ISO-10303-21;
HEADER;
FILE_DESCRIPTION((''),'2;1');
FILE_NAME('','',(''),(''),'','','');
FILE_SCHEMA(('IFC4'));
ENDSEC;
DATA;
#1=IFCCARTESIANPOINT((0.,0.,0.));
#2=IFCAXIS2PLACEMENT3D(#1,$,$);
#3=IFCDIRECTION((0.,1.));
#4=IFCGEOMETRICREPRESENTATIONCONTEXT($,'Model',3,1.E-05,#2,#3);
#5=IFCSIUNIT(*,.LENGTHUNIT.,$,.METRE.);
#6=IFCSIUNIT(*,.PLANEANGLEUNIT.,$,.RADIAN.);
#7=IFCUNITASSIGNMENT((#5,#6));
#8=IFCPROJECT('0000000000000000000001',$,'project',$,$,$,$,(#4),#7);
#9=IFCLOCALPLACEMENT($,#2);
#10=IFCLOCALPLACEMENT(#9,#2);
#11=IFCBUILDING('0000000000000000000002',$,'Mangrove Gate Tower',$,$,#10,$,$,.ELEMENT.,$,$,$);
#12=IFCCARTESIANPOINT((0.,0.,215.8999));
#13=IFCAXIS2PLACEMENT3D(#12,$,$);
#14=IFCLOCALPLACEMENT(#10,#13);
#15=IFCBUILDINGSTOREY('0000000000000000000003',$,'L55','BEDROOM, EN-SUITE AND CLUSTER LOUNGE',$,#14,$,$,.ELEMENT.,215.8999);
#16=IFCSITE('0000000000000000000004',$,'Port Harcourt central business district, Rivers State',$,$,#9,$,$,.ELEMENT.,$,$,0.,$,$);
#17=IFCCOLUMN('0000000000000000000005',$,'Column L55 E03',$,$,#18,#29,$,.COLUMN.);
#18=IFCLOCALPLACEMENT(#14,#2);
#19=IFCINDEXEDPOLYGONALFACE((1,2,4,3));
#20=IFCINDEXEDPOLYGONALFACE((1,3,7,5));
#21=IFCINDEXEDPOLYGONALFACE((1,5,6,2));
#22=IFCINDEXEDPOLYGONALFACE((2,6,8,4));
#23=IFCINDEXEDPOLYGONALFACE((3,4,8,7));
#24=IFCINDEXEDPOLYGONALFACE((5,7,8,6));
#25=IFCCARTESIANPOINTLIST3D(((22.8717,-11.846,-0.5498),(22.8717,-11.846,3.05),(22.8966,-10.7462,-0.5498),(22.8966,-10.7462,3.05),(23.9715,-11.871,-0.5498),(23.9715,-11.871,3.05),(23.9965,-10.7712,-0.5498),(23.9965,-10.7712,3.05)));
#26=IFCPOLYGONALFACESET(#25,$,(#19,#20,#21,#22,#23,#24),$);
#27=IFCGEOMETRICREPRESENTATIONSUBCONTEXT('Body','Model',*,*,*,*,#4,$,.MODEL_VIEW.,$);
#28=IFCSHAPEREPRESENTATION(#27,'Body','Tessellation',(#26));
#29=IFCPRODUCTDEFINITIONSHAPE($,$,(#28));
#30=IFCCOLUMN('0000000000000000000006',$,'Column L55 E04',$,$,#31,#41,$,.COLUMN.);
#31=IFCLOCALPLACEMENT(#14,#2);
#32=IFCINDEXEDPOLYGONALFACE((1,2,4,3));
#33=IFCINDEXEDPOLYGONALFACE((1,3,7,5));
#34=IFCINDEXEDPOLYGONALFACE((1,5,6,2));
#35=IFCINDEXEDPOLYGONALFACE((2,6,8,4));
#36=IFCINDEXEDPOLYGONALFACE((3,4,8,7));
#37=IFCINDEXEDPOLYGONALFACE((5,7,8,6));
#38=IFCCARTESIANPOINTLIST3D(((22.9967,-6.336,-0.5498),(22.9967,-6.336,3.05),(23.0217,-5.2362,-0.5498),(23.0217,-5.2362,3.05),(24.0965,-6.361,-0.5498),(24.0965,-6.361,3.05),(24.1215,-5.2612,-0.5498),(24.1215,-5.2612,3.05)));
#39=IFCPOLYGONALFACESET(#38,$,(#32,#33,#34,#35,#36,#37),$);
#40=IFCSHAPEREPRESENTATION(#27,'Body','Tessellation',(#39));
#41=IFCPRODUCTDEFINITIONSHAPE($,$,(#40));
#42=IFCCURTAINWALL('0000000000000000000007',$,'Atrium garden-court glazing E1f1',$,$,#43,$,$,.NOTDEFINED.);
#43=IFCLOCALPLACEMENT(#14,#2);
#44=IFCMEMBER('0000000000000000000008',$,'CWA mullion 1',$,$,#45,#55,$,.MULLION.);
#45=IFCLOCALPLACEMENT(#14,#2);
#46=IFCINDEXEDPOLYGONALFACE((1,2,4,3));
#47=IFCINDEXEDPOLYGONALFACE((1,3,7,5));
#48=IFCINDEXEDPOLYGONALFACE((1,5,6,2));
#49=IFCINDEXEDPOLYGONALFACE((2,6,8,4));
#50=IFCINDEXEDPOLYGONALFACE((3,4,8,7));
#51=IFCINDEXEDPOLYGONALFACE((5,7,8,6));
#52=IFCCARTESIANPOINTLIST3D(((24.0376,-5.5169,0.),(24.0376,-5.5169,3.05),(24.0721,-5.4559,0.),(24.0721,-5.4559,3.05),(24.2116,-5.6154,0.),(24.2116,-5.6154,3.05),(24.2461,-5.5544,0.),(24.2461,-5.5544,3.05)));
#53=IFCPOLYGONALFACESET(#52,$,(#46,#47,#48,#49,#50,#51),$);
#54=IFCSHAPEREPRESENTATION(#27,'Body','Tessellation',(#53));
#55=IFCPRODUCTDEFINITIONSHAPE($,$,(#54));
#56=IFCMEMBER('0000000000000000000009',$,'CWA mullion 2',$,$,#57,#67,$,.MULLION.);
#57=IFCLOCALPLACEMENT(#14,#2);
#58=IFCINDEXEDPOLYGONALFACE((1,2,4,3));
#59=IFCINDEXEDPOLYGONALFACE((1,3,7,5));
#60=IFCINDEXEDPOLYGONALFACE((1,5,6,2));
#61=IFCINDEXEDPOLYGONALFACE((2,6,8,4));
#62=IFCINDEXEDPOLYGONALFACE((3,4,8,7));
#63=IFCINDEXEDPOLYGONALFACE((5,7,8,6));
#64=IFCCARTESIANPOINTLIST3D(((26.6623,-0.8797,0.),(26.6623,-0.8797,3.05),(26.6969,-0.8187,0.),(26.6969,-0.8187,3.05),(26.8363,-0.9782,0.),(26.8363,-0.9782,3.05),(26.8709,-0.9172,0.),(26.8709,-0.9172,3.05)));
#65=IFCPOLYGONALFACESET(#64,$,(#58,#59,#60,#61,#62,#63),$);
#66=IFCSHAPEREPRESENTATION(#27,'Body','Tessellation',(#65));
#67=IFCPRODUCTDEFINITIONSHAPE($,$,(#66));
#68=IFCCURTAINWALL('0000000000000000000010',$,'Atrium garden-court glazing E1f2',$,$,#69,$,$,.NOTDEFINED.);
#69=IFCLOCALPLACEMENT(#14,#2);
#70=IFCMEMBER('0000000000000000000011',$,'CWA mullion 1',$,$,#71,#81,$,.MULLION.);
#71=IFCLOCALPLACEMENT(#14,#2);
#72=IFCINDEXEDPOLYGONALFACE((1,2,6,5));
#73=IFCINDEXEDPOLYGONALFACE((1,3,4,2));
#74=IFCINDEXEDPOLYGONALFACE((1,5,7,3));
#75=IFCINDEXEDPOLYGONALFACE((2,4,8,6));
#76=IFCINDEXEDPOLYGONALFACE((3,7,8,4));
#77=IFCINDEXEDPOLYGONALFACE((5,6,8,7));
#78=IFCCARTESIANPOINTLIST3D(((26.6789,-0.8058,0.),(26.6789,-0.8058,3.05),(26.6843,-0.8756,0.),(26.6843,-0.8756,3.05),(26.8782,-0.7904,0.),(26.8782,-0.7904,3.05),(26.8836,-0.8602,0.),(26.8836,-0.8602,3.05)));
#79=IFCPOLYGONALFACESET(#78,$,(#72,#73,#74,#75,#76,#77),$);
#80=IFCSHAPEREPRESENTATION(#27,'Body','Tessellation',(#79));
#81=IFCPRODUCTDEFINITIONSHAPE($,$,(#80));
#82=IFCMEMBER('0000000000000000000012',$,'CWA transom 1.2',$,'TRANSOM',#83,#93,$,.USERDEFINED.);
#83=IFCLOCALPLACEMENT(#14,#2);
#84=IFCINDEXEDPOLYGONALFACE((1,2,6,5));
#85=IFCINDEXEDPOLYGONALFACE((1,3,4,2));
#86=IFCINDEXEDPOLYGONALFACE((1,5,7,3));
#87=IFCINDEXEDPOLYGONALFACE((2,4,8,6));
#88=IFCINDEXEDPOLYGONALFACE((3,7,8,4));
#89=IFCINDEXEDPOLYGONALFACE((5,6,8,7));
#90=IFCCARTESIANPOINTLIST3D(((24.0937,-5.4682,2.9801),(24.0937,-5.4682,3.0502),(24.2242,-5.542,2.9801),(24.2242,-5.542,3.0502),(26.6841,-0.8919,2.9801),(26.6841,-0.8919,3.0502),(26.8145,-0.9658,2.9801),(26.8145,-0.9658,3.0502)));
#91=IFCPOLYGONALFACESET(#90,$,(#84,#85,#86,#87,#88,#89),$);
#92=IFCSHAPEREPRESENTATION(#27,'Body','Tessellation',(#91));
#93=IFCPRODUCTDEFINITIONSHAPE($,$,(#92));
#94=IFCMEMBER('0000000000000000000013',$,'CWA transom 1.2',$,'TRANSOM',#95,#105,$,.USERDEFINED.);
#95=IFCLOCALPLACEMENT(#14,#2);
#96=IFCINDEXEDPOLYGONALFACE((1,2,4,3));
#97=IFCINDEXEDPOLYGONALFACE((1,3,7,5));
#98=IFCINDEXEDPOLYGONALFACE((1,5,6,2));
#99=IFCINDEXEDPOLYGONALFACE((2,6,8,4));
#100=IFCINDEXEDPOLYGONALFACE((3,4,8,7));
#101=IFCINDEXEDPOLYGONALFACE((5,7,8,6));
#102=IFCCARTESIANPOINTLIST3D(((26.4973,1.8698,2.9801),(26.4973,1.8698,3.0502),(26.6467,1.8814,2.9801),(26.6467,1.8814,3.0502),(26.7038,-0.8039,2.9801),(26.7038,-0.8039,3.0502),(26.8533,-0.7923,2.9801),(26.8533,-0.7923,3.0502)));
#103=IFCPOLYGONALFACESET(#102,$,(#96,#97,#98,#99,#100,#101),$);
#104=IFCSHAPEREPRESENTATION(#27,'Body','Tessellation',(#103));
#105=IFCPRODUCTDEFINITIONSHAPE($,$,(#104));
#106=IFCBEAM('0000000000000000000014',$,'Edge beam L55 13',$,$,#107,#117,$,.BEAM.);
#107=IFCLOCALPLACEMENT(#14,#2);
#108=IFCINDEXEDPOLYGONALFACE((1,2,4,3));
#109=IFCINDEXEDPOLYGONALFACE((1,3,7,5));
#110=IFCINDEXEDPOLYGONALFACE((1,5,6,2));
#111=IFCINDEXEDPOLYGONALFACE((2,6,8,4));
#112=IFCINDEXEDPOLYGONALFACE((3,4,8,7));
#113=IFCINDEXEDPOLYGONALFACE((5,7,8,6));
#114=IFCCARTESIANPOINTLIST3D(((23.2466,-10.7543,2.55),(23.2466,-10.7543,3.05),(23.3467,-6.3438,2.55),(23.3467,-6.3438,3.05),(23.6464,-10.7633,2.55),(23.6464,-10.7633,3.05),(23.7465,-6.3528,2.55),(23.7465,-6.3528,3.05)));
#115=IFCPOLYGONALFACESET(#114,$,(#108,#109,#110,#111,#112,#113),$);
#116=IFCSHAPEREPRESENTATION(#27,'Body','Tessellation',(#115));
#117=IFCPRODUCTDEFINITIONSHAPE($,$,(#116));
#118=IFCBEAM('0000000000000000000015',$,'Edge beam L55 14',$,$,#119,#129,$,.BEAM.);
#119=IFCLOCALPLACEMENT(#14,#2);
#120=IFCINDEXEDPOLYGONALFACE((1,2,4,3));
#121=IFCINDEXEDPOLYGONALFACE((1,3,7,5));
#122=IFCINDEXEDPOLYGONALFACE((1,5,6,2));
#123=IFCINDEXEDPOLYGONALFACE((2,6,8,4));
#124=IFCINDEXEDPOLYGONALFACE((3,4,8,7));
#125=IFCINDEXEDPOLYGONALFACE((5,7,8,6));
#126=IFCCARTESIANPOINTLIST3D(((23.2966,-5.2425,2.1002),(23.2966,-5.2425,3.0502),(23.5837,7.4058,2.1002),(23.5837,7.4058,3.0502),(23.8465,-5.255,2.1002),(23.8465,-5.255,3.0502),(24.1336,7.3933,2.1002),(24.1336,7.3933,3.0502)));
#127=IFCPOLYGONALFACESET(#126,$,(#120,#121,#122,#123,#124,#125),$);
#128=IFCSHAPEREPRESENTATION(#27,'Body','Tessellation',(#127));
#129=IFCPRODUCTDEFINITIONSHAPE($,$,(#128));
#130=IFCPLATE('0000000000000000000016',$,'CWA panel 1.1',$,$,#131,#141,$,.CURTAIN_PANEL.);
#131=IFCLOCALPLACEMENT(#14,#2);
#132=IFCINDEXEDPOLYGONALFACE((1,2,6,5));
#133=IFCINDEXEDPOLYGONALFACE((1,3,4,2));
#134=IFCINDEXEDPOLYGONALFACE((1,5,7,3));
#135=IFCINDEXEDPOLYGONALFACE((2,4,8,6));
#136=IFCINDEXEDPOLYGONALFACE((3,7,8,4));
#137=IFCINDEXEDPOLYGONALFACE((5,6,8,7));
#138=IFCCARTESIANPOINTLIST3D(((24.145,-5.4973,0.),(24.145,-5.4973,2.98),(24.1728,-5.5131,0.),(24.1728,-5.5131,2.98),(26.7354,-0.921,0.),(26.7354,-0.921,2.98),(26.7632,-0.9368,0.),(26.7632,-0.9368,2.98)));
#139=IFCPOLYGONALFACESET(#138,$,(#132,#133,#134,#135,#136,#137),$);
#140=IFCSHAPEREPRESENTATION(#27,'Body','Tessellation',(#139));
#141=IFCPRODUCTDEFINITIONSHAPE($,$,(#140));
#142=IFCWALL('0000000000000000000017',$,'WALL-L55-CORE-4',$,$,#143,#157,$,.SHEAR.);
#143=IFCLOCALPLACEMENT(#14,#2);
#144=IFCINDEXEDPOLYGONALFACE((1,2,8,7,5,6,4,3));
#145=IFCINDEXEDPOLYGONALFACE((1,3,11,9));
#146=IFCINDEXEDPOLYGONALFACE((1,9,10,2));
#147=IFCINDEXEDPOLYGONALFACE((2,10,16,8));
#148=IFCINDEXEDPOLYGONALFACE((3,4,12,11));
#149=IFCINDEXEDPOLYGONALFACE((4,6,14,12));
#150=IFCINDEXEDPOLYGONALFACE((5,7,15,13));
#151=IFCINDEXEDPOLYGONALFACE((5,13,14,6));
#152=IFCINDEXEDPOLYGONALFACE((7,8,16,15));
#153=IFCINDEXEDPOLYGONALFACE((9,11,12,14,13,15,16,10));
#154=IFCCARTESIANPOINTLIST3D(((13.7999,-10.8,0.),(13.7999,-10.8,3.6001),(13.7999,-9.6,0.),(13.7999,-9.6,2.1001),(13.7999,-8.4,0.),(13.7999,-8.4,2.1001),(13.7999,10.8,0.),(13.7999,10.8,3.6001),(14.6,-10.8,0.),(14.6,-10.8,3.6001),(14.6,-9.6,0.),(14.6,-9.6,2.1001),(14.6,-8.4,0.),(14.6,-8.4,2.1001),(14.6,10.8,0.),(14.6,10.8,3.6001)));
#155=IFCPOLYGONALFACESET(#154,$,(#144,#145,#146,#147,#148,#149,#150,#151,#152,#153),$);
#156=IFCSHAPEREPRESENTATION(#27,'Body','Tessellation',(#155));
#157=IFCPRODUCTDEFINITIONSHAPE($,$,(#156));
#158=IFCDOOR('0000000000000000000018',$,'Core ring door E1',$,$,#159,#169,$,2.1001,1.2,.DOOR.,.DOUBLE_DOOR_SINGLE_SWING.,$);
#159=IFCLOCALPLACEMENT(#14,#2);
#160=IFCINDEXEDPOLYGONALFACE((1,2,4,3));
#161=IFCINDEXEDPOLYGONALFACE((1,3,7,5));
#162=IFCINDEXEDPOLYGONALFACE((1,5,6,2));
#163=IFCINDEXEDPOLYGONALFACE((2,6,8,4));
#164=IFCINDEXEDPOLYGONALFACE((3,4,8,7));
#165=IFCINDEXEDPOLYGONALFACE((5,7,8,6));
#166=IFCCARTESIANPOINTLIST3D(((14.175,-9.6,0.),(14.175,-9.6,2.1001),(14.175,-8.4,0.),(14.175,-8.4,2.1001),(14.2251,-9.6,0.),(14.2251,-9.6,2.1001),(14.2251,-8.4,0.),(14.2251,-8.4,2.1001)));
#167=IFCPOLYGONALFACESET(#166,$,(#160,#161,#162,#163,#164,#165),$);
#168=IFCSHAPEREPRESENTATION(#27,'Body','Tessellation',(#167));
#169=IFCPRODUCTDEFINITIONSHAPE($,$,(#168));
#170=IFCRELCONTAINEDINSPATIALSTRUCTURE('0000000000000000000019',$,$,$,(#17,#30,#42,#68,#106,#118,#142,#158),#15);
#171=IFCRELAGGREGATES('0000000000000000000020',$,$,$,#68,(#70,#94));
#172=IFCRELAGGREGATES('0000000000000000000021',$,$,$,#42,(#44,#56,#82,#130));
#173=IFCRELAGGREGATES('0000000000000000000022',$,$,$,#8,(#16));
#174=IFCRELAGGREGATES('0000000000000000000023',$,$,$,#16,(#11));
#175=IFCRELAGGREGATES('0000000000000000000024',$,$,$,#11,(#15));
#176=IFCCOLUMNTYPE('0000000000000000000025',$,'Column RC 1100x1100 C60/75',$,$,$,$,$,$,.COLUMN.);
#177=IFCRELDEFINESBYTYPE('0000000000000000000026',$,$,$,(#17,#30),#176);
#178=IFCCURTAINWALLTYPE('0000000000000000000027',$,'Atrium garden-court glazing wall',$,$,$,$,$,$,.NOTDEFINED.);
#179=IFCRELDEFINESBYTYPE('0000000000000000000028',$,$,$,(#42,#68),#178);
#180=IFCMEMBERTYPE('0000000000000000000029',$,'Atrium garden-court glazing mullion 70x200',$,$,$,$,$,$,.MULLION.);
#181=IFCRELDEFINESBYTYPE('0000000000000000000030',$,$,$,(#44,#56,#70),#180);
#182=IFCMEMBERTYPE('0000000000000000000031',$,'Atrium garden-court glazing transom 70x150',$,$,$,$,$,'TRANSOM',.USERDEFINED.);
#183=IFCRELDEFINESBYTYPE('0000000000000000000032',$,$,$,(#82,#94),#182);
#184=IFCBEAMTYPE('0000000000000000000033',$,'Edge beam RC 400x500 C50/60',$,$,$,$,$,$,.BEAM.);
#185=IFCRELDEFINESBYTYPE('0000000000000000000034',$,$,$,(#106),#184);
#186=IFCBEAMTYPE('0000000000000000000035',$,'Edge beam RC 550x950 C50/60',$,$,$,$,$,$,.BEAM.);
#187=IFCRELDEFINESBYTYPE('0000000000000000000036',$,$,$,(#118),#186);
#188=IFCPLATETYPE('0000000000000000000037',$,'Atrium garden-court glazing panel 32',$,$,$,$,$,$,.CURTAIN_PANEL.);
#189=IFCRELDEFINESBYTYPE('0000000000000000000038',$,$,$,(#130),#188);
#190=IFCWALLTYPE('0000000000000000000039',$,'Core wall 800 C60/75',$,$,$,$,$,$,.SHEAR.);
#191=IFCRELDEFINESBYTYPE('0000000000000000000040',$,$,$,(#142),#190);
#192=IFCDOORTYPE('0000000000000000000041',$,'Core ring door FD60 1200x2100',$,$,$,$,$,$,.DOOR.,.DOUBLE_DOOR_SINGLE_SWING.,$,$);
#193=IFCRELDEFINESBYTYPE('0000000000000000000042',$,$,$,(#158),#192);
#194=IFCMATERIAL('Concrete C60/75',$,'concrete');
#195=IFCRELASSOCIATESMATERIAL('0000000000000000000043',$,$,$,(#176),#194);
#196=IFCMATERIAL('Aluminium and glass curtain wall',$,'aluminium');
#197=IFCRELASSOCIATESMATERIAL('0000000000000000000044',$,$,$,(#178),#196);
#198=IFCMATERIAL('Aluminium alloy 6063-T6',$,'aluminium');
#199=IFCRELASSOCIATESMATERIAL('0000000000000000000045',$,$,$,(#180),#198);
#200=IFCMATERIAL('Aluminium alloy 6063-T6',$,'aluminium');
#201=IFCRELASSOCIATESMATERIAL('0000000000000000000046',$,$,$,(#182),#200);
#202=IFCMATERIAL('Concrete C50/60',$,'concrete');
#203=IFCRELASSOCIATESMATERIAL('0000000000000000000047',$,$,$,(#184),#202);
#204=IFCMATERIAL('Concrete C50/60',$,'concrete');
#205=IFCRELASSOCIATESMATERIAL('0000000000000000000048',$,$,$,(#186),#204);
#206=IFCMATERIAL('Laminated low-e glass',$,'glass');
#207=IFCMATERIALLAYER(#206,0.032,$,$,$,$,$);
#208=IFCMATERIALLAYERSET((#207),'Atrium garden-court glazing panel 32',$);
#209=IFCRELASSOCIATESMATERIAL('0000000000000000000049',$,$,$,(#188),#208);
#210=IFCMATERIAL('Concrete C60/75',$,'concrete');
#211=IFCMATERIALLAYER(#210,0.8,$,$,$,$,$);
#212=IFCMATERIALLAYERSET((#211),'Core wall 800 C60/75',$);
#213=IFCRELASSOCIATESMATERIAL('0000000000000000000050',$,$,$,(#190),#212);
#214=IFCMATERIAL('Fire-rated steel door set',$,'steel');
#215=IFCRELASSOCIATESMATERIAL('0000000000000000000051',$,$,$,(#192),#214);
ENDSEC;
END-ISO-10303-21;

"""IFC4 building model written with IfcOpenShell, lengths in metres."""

from ifc_helpers import new_model, si_unit, direction, frame, frame_2d, origin, origin_2d, place, context, subcontext, project, spatial, rectangle, extrude, material, layer, layer_set, material_profile, profile_set, type_object, element, fill, aggregate, save


model = new_model("IFC4")

# Units and contexts
model_context = context("Model", 3, precision=1e-05, world=origin(), true_north=direction((0.0, 1.0)))
body_context = subcontext(model_context, "Body", "Model", "MODEL_VIEW")
ifc_project = project(units=[si_unit("LENGTHUNIT", "METRE"), si_unit("PLANEANGLEUNIT", "RADIAN")], contexts=[model_context])

# Site, building, storey
site_placement = place(None, origin())
site = spatial("IfcSite", under=ifc_project, at=site_placement, Name="Port Harcourt central business district, Rivers State", CompositionType="ELEMENT", RefElevation=0.0)
building_placement = place(site_placement, origin())
building = spatial("IfcBuilding", under=site, at=building_placement, Name="Mangrove Gate Tower", CompositionType="ELEMENT")
storey_placement = place(building_placement, frame((0.0, 0.0, 215.8999)))
storey = spatial("IfcBuildingStorey", under=building, at=storey_placement, Name="L55", Description="BEDROOM, EN-SUITE AND CLUSTER LOUNGE", CompositionType="ELEMENT", Elevation=215.8999)

# Columns
ifc_material_1 = material(Name="Concrete C60/75", Category="concrete")
ifc_material_profile_1 = material_profile(ifc_material_1, rectangle(XDim=1.1001, YDim=1.1001, at=origin_2d()))
ifc_profile_set_1 = profile_set([ifc_material_profile_1], Name="Concrete C60/75")
column_type = type_object("IfcColumnType", Name="Column RC 1100x1100 C60/75", PredefinedType="COLUMN", material=ifc_profile_set_1)
for number, where, z_axis, x_axis, name in (
    (1, (23.4341, -11.3086, -0.5498), (0.0, 0.0, 1.0), (0.022678, 0.999743, 0.0), "Column L55 E03"),
    (2, (23.5591, -5.7986, -0.5498), (0.0, 0.0, 1.0), (0.022686, 0.999743, 0.0), "Column L55 E04"),
):
    element("IfcColumn", number, at=place(storey_placement, frame(where, z_axis=z_axis, x_axis=x_axis)), inside=storey, type_object=column_type, Name=name, PredefinedType="COLUMN", context=body_context, shape_type="SweptSolid", body=[
        extrude(rectangle(XDim=1.1001, YDim=1.1001, at=origin_2d()), origin(), (0.0, 0.0, 1.0), 3.5999),
    ])

# Curtain wall, members
ifc_material_2 = material(Name="Aluminium and glass curtain wall", Category="aluminium")
curtain_wall_type = type_object("IfcCurtainWallType", Name="Atrium garden-court glazing wall", PredefinedType="NOTDEFINED", material=ifc_material_2)
curtain_wall_1_placement = place(storey_placement, origin())
curtain_wall_1 = element("IfcCurtainWall", 3, at=curtain_wall_1_placement, inside=storey, type_object=curtain_wall_type, Name="Atrium garden-court glazing E1f1", PredefinedType="NOTDEFINED")
ifc_material_3 = material(Name="Aluminium alloy 6063-T6", Category="aluminium")
ifc_material_profile_2 = material_profile(ifc_material_3, rectangle(XDim=0.0701, YDim=0.2, at=origin_2d()))
ifc_profile_set_2 = profile_set([ifc_material_profile_2], Name="Aluminium alloy 6063-T6")
member_type_1 = type_object("IfcMemberType", Name="Atrium garden-court glazing mullion 70x200", PredefinedType="MULLION", material=ifc_profile_set_2)
member_1_placement = place(storey_placement, frame((24.1418, -5.5356, 0.0), z_axis=(0.0, 0.0, 1.0), x_axis=(0.4926, 0.870256, 0.0)))
member_1 = element("IfcMember", 4, at=member_1_placement, type_object=member_type_1, Name="CWA mullion 1", PredefinedType="MULLION", context=body_context, shape_type="SweptSolid", body=[
    extrude(rectangle(XDim=0.0701, YDim=0.2, at=origin_2d()), origin(), (0.0, 0.0, 1.0), 3.05),
])
member_2_placement = place(storey_placement, frame((26.7666, -0.8984, 0.0), z_axis=(0.0, 0.0, 1.0), x_axis=(0.4926, 0.870256, 0.0)))
member_2 = element("IfcMember", 5, at=member_2_placement, type_object=member_type_1, Name="CWA mullion 2", PredefinedType="MULLION", context=body_context, shape_type="SweptSolid", body=[
    extrude(rectangle(XDim=0.0701, YDim=0.2, at=origin_2d()), origin(), (0.0, 0.0, 1.0), 3.05),
])

# Curtain wall, member
curtain_wall_2_placement = place(storey_placement, origin())
curtain_wall_2 = element("IfcCurtainWall", 6, at=curtain_wall_2_placement, inside=storey, type_object=curtain_wall_type, Name="Atrium garden-court glazing E1f2", PredefinedType="NOTDEFINED")
member_3_placement = place(storey_placement, frame((26.7812, -0.833, 0.0), z_axis=(0.0, 0.0, 1.0), x_axis=(-0.077023, 0.997029, 0.0)))
member_3 = element("IfcMember", 7, at=member_3_placement, type_object=member_type_1, Name="CWA mullion 1", PredefinedType="MULLION", context=body_context, shape_type="SweptSolid", body=[
    extrude(rectangle(XDim=0.0701, YDim=0.2, at=origin_2d()), origin(), (0.0, 0.0, 1.0), 3.05),
])

# Members
ifc_material_4 = material(Name="Aluminium alloy 6063-T6", Category="aluminium")
ifc_material_profile_3 = material_profile(ifc_material_4, rectangle(XDim=0.0701, YDim=0.1499, at=origin_2d()))
ifc_profile_set_3 = profile_set([ifc_material_profile_3], Name="Aluminium alloy 6063-T6")
member_type_2 = type_object("IfcMemberType", Name="Atrium garden-court glazing transom 70x150", ElementType="TRANSOM", PredefinedType="USERDEFINED", material=ifc_profile_set_3)
member_4_placement = place(storey_placement, frame((24.1589, -5.5051, 3.0151), z_axis=(0.492605, 0.870253, 0.0), x_axis=(0.0, 0.0, 1.0)))
member_4 = element("IfcMember", 8, at=member_4_placement, type_object=member_type_2, Name="CWA transom 1.2", ObjectType="TRANSOM", PredefinedType="USERDEFINED", context=body_context, shape_type="SweptSolid", body=[
    extrude(rectangle(XDim=0.0701, YDim=0.1499, at=origin_2d()), origin(), (0.0, 0.0, 1.0), 5.2585),
])
member_5_placement = place(storey_placement, frame((26.7786, -0.7981, 3.0151), z_axis=(-0.077024, 0.997029, 0.0), x_axis=(0.0, 0.0, 1.0)))
member_5 = element("IfcMember", 9, at=member_5_placement, type_object=member_type_2, Name="CWA transom 1.2", ObjectType="TRANSOM", PredefinedType="USERDEFINED", context=body_context, shape_type="SweptSolid", body=[
    extrude(rectangle(XDim=0.0701, YDim=0.1499, at=origin_2d()), origin(), (0.0, 0.0, 1.0), 2.6816),
])
aggregate(curtain_wall_2, [member_3, member_5])

# Beams
ifc_material_5 = material(Name="Concrete C50/60", Category="concrete")
ifc_material_profile_4 = material_profile(ifc_material_5, rectangle(XDim=0.3999, YDim=0.5, at=origin_2d()))
ifc_profile_set_4 = profile_set([ifc_material_profile_4], Name="Concrete C50/60")
beam_type_1 = type_object("IfcBeamType", Name="Edge beam RC 400x500 C50/60", PredefinedType="BEAM", material=ifc_profile_set_4)
beam_1_placement = place(storey_placement, frame((23.4465, -10.7588, 2.8), z_axis=(0.02269, 0.999743, 0.0), x_axis=(-0.999743, 0.02269, 0.0)))
element("IfcBeam", 10, at=beam_1_placement, inside=storey, type_object=beam_type_1, Name="Edge beam L55 13", PredefinedType="BEAM", context=body_context, shape_type="SweptSolid", body=[
    extrude(rectangle(XDim=0.3999, YDim=0.5, at=origin_2d()), origin(), (0.0, 0.0, 1.0), 4.4116),
])
ifc_material_6 = material(Name="Concrete C50/60", Category="concrete")
ifc_material_profile_5 = material_profile(ifc_material_6, rectangle(XDim=0.55, YDim=0.95, at=origin_2d()))
ifc_profile_set_5 = profile_set([ifc_material_profile_5], Name="Concrete C50/60")
beam_type_2 = type_object("IfcBeamType", Name="Edge beam RC 550x950 C50/60", PredefinedType="BEAM", material=ifc_profile_set_5)
beam_2_placement = place(storey_placement, frame((23.5715, -5.2488, 2.5752), z_axis=(0.022693, 0.999742, 0.0), x_axis=(-0.999742, 0.022693, 0.0)))
element("IfcBeam", 11, at=beam_2_placement, inside=storey, type_object=beam_type_2, Name="Edge beam L55 14", PredefinedType="BEAM", context=body_context, shape_type="SweptSolid", body=[
    extrude(rectangle(XDim=0.55, YDim=0.95, at=origin_2d()), origin(), (0.0, 0.0, 1.0), 12.6516),
])

# Plate
ifc_material_7 = material(Name="Laminated low-e glass", Category="glass")
ifc_layer_1 = layer(ifc_material_7, 0.032)
ifc_layer_set_1 = layer_set([ifc_layer_1], Name="Atrium garden-court glazing panel 32")
plate_type = type_object("IfcPlateType", Name="Atrium garden-court glazing panel 32", PredefinedType="CURTAIN_PANEL", material=ifc_layer_set_1)
plate_placement = place(storey_placement, frame((25.4541, -3.217, 0.0), z_axis=(0.0, 0.0, 1.0), x_axis=(0.4926, 0.870256, 0.0)))
plate = element("IfcPlate", 12, at=plate_placement, type_object=plate_type, Name="CWA panel 1.1", PredefinedType="CURTAIN_PANEL", context=body_context, shape_type="SweptSolid", body=[
    extrude(rectangle(XDim=5.2585, YDim=0.032, at=origin_2d()), origin(), (0.0, 0.0, 1.0), 2.98),
])
aggregate(curtain_wall_1, [member_1, member_2, member_4, plate])

# Wall, opening, door
ifc_material_8 = material(Name="Concrete C60/75", Category="concrete")
ifc_layer_2 = layer(ifc_material_8, 0.8)
ifc_layer_set_2 = layer_set([ifc_layer_2], Name="Core wall 800 C60/75")
wall_type_1 = type_object("IfcWallType", Name="Core wall 800 C60/75", PredefinedType="SHEAR", material=ifc_layer_set_2)
wall_1_placement = place(storey_placement, frame((14.2, -10.8, 0.0), z_axis=(0.0, 0.0, 1.0), x_axis=(0.0, 1.0, 0.0)))
wall_1 = element("IfcWall", 13, at=wall_1_placement, inside=storey, type_object=wall_type_1, Name="WALL-L55-CORE-4", PredefinedType="SHEAR", context=body_context, shape_type="SweptSolid", body=[
    extrude(rectangle(XDim=21.6001, YDim=0.8, at=frame_2d((10.8, 0.0))), origin(), (0.0, 0.0, 1.0), 3.6001),
])
opening_1_placement = place(wall_1_placement, frame((1.2, 0.0, 0.0)))
opening_1 = element("IfcOpeningElement", 14, at=opening_1_placement, cuts=wall_1, PredefinedType="OPENING", context=body_context, shape_type="SweptSolid", body=[
    extrude(rectangle(XDim=1.2, YDim=2.1001, at=frame_2d((0.6001, 1.05))), frame((0.0, 0.4099, 0.0), z_axis=(0.0, -1.0, 0.0), x_axis=(1.0, 0.0, 0.0)), (0.0, 0.0, 1.0), 0.8201),
])
ifc_material_9 = material(Name="Fire-rated steel door set", Category="steel")
door_type_1 = type_object("IfcDoorType", Name="Core ring door FD60 1200x2100", OperationType="DOUBLE_DOOR_SINGLE_SWING", PredefinedType="DOOR", material=ifc_material_9)
door_1_placement = place(opening_1_placement, origin())
door_1 = element("IfcDoor", 15, at=door_1_placement, inside=storey, type_object=door_type_1, Name="Core ring door E1", OperationType="DOUBLE_DOOR_SINGLE_SWING", OverallHeight=2.1001, OverallWidth=1.2, PredefinedType="DOOR", context=body_context, shape_type="SweptSolid", body=[
    extrude(rectangle(XDim=1.2, YDim=2.1001, at=frame_2d((0.6001, 1.05))), frame((0.0, 0.0249, 0.0), z_axis=(0.0, -1.0, 0.0), x_axis=(1.0, 0.0, 0.0)), (0.0, 0.0, 1.0), 0.05),
])
fill(opening_1, door_1)

save(model, "model.ifc")
